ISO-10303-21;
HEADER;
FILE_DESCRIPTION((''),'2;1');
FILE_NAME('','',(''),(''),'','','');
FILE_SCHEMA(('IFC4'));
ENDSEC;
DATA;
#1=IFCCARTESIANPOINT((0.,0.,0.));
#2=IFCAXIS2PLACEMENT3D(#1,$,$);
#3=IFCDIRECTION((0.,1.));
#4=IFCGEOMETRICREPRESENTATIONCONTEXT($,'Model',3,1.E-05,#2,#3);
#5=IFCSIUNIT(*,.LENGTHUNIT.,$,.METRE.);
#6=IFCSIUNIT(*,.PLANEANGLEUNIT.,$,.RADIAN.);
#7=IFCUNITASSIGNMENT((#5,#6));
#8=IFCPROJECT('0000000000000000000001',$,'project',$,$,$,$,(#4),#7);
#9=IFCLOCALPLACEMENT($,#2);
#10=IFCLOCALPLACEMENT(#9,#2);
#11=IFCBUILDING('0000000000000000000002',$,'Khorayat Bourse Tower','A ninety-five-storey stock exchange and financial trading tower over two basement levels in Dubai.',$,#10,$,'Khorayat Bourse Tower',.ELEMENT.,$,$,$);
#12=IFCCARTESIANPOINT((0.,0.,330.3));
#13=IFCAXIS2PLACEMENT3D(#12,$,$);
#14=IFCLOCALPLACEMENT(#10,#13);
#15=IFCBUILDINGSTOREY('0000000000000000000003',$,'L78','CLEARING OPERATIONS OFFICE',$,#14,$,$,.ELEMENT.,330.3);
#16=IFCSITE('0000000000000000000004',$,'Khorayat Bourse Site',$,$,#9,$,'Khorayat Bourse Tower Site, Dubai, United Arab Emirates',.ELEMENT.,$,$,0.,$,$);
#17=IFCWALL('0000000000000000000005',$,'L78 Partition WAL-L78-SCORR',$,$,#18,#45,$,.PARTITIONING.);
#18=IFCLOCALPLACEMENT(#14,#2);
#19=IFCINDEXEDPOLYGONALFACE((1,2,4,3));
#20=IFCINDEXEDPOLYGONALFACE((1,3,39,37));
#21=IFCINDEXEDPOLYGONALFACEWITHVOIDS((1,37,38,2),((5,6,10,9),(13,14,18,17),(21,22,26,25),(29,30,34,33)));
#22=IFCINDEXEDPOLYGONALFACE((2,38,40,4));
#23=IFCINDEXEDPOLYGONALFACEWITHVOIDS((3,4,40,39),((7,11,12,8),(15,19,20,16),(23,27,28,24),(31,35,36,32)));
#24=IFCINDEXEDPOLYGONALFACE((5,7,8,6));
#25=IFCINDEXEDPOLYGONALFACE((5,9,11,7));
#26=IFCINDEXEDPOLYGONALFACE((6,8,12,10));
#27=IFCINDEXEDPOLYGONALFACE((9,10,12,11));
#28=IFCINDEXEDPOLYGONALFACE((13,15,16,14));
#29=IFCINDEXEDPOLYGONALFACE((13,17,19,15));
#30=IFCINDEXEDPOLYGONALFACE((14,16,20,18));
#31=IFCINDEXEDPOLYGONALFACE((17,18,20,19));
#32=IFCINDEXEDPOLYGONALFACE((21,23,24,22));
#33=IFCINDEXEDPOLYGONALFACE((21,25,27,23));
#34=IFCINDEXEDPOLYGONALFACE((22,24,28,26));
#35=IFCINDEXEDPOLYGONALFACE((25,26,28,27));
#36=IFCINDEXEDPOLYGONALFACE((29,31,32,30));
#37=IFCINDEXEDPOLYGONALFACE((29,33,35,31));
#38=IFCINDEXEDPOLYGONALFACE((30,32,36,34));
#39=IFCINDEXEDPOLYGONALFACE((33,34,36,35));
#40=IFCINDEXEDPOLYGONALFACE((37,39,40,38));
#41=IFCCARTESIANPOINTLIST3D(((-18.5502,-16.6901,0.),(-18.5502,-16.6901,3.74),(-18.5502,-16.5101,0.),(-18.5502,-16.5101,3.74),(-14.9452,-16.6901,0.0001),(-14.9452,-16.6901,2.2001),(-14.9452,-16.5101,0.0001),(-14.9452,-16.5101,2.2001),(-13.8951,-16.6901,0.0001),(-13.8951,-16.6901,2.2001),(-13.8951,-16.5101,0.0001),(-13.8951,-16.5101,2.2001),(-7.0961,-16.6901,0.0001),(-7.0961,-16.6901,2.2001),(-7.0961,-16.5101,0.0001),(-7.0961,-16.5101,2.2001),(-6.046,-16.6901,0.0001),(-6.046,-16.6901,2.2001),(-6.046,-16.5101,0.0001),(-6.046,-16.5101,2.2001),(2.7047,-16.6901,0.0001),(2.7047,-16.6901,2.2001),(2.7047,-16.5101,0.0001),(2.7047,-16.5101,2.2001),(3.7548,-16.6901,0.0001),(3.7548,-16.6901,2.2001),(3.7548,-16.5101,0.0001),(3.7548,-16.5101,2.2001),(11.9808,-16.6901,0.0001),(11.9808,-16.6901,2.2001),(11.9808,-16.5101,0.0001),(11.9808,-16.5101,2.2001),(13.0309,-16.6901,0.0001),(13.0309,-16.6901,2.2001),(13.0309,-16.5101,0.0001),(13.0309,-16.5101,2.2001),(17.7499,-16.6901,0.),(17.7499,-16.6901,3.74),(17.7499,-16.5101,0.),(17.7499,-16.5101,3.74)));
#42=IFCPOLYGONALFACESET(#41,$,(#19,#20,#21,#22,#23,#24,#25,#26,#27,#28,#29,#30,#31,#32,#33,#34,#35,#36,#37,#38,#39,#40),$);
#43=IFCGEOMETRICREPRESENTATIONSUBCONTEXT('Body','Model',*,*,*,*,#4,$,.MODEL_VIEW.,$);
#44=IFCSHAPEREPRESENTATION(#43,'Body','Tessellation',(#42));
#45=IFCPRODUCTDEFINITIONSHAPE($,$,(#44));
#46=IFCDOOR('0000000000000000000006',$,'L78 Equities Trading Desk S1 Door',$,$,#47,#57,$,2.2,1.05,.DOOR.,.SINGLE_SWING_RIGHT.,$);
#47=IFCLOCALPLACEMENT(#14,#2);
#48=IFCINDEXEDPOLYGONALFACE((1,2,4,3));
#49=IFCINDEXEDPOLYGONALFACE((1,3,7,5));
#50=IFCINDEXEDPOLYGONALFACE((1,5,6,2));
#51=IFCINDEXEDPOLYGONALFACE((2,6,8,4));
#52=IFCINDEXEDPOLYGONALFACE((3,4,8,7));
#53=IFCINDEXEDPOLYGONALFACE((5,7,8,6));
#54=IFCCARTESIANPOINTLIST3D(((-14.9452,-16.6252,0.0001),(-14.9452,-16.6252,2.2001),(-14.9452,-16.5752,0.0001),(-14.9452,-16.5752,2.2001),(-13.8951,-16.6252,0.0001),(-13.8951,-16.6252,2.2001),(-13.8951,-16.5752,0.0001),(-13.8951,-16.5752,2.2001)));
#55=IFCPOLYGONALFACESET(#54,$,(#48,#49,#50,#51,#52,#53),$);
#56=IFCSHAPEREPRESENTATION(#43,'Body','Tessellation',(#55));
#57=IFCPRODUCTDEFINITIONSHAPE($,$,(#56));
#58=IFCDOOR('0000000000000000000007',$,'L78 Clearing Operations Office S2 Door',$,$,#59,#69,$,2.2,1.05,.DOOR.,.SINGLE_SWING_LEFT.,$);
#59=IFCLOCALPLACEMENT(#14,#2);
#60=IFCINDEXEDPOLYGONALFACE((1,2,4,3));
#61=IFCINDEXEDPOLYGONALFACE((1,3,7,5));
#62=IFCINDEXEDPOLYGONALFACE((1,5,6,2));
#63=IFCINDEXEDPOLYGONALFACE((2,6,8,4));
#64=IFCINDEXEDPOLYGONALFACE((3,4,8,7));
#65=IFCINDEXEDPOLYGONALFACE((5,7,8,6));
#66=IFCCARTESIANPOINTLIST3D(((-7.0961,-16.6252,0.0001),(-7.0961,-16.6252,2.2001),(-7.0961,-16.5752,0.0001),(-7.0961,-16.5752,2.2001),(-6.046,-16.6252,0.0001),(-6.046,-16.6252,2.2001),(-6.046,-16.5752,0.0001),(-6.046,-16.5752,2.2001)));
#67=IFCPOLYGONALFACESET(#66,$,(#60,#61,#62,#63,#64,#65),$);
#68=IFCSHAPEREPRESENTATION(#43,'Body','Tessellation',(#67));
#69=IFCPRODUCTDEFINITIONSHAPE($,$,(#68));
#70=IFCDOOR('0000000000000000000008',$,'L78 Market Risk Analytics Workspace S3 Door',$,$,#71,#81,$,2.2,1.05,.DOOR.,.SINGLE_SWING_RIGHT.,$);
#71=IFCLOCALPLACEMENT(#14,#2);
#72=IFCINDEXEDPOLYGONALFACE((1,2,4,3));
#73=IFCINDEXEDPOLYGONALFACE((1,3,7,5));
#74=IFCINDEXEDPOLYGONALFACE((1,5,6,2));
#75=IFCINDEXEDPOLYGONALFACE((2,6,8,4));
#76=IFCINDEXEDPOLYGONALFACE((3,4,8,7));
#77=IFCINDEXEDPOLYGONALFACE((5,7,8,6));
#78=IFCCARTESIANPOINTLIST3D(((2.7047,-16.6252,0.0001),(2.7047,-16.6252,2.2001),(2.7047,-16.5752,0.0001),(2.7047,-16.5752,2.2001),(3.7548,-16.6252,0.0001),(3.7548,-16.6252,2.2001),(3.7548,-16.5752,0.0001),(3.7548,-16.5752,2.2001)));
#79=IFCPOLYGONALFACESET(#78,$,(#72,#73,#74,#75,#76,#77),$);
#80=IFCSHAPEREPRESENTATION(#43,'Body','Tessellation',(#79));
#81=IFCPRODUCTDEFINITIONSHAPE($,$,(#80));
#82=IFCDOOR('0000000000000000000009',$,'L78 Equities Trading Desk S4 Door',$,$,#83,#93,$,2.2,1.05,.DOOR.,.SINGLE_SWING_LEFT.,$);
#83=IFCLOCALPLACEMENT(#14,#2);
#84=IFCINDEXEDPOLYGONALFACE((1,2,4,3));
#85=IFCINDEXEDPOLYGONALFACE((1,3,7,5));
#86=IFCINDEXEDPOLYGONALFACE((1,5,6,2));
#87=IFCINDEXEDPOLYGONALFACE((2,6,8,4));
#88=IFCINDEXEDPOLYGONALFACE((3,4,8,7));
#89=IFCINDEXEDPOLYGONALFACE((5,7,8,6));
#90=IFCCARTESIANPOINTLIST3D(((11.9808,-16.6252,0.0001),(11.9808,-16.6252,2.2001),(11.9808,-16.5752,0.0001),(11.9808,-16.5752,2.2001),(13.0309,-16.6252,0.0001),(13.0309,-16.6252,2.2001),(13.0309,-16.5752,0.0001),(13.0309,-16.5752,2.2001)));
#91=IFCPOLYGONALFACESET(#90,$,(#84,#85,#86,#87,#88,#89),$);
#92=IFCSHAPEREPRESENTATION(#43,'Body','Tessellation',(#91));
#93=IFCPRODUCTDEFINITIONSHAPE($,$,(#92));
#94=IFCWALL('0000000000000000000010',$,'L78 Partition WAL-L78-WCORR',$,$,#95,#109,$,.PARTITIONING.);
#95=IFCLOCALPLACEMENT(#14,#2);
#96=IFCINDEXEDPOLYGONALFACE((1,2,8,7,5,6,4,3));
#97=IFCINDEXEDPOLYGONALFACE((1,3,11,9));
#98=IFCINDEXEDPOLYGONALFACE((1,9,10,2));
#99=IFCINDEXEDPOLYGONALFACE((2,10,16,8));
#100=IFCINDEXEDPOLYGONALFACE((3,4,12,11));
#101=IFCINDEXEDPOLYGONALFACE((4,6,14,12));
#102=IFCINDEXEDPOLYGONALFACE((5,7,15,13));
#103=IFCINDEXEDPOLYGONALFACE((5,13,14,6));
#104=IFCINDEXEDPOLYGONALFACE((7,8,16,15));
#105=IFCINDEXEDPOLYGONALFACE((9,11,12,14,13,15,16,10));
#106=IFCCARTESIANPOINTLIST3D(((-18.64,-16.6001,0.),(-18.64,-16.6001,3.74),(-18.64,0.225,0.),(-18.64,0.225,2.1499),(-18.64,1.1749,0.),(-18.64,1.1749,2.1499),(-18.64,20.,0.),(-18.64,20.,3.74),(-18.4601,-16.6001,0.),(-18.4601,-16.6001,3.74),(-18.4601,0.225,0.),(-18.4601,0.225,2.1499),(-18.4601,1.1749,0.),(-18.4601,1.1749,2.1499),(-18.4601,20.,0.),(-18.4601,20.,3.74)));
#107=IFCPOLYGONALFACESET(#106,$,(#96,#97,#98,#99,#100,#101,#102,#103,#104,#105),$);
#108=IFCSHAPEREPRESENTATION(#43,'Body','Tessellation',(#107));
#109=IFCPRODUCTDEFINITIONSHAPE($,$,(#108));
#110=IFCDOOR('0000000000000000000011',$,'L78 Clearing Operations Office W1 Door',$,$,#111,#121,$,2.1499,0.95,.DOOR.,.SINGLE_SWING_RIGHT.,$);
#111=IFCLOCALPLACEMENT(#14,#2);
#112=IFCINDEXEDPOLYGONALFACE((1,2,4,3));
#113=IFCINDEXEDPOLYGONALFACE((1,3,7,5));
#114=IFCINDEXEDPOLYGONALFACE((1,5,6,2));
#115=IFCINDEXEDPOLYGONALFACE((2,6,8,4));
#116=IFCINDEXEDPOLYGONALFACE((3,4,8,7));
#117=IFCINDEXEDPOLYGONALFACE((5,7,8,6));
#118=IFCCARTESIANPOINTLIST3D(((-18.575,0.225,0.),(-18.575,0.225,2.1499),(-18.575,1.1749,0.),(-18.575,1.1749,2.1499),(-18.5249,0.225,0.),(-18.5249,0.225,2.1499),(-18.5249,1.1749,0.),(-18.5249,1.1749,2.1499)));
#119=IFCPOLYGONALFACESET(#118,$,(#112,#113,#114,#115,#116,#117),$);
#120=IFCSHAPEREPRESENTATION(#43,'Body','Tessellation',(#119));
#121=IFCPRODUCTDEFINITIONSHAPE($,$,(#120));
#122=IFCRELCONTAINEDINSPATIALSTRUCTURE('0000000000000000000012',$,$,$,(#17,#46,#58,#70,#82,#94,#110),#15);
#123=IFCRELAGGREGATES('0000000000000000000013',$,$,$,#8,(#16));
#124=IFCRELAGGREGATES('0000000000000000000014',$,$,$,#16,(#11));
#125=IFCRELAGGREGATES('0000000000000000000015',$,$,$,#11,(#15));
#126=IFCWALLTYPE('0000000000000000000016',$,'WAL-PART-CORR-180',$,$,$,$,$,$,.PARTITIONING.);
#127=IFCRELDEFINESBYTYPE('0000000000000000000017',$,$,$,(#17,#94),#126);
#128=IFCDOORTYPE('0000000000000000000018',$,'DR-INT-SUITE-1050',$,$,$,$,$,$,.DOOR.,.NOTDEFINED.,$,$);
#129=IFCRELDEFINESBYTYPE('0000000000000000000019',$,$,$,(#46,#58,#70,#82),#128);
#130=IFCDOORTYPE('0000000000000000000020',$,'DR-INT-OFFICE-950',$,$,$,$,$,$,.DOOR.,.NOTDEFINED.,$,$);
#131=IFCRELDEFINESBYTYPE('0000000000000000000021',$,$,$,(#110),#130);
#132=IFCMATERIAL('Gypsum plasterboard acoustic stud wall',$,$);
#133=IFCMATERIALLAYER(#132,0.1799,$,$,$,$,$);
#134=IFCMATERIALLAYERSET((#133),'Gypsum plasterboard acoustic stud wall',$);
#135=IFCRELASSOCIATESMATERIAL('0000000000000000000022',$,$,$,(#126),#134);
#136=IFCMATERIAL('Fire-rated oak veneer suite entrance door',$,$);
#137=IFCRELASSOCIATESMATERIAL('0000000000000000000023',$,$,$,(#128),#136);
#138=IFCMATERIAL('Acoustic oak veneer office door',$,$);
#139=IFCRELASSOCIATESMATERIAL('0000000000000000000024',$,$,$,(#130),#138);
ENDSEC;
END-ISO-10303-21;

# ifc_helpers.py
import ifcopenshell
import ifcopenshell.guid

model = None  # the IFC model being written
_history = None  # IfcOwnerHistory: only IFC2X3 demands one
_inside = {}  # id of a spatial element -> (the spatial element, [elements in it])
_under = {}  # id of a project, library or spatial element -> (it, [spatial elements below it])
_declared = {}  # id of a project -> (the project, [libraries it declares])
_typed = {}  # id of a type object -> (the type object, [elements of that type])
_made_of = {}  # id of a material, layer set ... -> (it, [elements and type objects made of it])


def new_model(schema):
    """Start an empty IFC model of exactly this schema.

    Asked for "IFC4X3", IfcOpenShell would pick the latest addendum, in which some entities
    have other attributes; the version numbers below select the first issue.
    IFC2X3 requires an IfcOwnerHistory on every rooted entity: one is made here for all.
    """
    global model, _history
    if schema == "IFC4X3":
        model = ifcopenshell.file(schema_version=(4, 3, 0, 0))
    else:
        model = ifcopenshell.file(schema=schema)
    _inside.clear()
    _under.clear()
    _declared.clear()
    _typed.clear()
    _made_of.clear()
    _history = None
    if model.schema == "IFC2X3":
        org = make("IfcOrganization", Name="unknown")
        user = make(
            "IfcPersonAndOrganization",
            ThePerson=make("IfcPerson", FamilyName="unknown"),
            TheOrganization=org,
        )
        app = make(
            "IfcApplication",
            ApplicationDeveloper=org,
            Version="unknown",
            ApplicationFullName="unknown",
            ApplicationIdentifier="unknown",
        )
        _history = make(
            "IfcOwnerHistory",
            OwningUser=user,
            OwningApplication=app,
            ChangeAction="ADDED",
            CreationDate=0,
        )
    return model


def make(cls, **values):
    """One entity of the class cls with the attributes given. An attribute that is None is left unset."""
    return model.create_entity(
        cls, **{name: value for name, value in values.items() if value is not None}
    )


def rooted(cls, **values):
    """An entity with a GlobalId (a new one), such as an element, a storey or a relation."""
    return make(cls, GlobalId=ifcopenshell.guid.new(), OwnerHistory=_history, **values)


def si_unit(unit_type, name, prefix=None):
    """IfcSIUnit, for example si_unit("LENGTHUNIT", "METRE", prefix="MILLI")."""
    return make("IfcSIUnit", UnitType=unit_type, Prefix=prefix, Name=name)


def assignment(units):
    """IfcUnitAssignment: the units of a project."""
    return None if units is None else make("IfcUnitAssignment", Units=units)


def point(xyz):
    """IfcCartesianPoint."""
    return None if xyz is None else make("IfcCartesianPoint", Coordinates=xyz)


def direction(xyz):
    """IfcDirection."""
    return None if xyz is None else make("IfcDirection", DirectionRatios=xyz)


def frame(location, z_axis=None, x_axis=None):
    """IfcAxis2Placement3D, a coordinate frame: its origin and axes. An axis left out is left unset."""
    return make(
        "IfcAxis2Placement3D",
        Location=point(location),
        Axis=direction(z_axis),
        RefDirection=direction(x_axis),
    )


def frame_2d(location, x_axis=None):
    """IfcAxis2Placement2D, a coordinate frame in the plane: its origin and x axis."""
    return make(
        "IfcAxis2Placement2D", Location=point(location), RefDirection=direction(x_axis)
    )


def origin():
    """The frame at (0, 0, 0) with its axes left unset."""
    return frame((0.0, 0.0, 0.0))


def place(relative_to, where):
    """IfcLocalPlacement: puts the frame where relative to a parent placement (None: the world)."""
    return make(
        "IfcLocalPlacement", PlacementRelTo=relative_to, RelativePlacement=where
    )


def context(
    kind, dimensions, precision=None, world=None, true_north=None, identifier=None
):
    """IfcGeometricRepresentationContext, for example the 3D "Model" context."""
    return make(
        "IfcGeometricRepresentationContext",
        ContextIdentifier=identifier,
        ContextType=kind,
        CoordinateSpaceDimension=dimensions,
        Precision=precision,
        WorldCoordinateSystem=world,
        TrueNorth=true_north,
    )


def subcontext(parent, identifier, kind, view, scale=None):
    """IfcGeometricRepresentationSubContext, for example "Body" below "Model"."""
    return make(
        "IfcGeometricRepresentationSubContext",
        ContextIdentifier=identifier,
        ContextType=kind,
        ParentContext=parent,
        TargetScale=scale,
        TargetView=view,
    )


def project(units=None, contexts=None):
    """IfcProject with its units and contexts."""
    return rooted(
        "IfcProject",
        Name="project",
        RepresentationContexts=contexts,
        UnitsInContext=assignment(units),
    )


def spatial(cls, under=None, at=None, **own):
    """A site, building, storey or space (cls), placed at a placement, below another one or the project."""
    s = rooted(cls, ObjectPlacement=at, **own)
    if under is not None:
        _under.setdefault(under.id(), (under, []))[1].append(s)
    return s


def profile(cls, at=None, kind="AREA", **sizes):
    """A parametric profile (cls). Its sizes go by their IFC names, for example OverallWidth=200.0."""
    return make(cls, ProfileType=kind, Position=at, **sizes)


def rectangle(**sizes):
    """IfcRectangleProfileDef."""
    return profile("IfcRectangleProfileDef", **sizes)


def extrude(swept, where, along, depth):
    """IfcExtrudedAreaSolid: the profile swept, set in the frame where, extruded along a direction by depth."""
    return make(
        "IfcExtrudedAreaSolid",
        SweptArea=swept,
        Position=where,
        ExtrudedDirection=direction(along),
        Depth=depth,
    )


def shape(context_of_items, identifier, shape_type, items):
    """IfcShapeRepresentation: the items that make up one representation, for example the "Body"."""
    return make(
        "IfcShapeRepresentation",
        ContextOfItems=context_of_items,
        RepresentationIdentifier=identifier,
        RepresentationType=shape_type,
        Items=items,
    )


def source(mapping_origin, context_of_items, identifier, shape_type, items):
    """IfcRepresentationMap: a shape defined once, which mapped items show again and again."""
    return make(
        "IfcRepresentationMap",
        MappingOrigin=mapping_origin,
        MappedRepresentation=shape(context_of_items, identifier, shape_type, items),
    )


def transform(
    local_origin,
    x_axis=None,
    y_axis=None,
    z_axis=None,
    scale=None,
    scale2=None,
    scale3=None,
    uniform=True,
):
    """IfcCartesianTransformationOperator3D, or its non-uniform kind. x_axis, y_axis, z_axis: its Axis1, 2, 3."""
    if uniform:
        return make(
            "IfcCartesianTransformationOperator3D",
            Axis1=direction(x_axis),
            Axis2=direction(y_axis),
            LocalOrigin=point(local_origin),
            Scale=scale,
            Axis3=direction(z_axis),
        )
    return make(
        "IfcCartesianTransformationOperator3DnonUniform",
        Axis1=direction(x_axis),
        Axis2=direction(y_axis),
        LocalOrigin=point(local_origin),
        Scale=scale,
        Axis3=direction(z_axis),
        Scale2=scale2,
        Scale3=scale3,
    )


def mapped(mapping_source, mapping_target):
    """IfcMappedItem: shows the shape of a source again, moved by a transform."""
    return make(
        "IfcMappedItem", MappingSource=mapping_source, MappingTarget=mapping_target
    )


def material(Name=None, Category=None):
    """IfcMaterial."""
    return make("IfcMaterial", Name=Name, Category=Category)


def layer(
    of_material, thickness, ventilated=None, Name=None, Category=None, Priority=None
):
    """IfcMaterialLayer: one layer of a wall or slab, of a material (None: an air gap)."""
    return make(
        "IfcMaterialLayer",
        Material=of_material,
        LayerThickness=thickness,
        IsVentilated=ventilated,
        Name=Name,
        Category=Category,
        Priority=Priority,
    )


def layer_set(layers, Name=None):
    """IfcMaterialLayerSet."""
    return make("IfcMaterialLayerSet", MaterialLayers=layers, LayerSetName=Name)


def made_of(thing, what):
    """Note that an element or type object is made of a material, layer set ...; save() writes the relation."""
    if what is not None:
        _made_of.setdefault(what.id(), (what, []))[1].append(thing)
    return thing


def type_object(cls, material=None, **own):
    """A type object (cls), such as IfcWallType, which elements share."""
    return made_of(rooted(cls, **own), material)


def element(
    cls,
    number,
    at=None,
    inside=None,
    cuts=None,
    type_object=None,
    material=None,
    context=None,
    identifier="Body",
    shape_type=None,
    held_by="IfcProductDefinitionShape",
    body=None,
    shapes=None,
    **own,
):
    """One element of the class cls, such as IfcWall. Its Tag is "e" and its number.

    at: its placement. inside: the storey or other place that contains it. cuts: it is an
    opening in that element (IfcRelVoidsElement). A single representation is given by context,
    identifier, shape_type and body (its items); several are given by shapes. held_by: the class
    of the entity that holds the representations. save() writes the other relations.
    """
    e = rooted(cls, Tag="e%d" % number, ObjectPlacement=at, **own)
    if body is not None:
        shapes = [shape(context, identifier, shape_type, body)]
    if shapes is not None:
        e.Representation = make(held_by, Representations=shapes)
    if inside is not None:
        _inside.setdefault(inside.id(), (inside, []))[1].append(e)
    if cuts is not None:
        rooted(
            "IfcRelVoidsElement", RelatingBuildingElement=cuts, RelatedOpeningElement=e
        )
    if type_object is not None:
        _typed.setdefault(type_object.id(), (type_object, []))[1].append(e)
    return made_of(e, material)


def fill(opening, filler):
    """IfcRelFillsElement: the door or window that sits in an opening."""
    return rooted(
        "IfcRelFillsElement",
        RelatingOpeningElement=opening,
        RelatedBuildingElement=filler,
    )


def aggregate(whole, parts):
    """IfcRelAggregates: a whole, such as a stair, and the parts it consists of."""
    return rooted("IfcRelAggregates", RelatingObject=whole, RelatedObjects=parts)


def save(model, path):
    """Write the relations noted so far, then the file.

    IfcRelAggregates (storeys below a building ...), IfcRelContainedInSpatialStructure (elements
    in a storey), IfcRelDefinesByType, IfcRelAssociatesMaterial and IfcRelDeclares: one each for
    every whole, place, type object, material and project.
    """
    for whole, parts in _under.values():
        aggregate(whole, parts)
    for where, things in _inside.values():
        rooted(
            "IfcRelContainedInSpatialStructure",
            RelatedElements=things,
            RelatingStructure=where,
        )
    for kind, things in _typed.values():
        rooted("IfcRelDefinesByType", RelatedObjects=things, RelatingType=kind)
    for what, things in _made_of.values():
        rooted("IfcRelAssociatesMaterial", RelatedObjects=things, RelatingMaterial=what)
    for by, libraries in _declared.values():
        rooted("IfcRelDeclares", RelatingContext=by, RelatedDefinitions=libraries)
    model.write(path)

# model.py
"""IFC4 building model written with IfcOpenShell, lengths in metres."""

from ifc_helpers import new_model, si_unit, direction, frame, frame_2d, origin, place, context, subcontext, project, spatial, rectangle, extrude, source, transform, mapped, material, layer, layer_set, type_object, element, fill, save


model = new_model("IFC4")

# Units and contexts
model_context = context("Model", 3, precision=1e-05, world=origin(), true_north=direction((0.0, 1.0)))
body_context = subcontext(model_context, "Body", "Model", "MODEL_VIEW")
ifc_project = project(units=[si_unit("LENGTHUNIT", "METRE"), si_unit("PLANEANGLEUNIT", "RADIAN")], contexts=[model_context])

# Site, building, storey
site_placement = place(None, origin())
site = spatial("IfcSite", under=ifc_project, at=site_placement, Name="Khorayat Bourse Site", LongName="Khorayat Bourse Tower Site, Dubai, United Arab Emirates", CompositionType="ELEMENT", RefElevation=0.0)
building_placement = place(site_placement, origin())
building = spatial("IfcBuilding", under=site, at=building_placement, Name="Khorayat Bourse Tower", Description="A ninety-five-storey stock exchange and financial trading tower over two basement levels in Dubai.", LongName="Khorayat Bourse Tower", CompositionType="ELEMENT")
storey_placement = place(building_placement, frame((0.0, 0.0, 330.3)))
storey = spatial("IfcBuildingStorey", under=building, at=storey_placement, Name="L78", Description="CLEARING OPERATIONS OFFICE", CompositionType="ELEMENT", Elevation=330.3)

# Shared definitions
ifc_material_1 = material(Name="Gypsum plasterboard acoustic stud wall")
ifc_layer_1 = layer(ifc_material_1, 0.1799)
ifc_layer_set_1 = layer_set([ifc_layer_1], Name="Gypsum plasterboard acoustic stud wall")
wall_type_1 = type_object("IfcWallType", Name="WAL-PART-CORR-180", PredefinedType="PARTITIONING", material=ifc_layer_set_1)

# Wall, openings, doors
shared_shape_1 = source(origin(), body_context, "Body", "SweptSolid", [
    extrude(rectangle(XDim=36.3, YDim=0.1799, at=frame_2d((18.1499, 0.0))), origin(), (0.0, 0.0, 1.0), 3.74),
])
wall_1_placement = place(storey_placement, frame((-18.55, -16.6001, 0.0), z_axis=(0.0, 0.0, 1.0), x_axis=(1.0, 0.0, 0.0)))
wall_1 = element("IfcWall", 1, at=wall_1_placement, inside=storey, type_object=wall_type_1, Name="L78 Partition WAL-L78-SCORR", PredefinedType="PARTITIONING", context=body_context, shape_type="MappedRepresentation", body=[
    mapped(shared_shape_1, transform((0.0, 0.0, 0.0), scale=1.0)),
])
shared_shape_2 = source(origin(), body_context, "Body", "SweptSolid", [
    extrude(rectangle(XDim=1.05, YDim=2.2, at=frame_2d((0.5249, 1.1001))), frame((0.0, 0.0999, 0.0), z_axis=(0.0, -1.0, 0.0), x_axis=(1.0, 0.0, 0.0)), (0.0, 0.0, 1.0), 0.2),
])
opening_1_placement = place(wall_1_placement, frame((3.605, 0.0, 0.0)))
opening_1 = element("IfcOpeningElement", 2, at=opening_1_placement, cuts=wall_1, PredefinedType="OPENING", context=body_context, shape_type="MappedRepresentation", body=[
    mapped(shared_shape_2, transform((0.0, 0.0, 0.0), scale=1.0)),
])
opening_2_placement = place(wall_1_placement, frame((11.4541, 0.0, 0.0)))
opening_2 = element("IfcOpeningElement", 3, at=opening_2_placement, cuts=wall_1, PredefinedType="OPENING", context=body_context, shape_type="MappedRepresentation", body=[
    mapped(shared_shape_2, transform((0.0, 0.0, 0.0), scale=1.0)),
])
opening_3_placement = place(wall_1_placement, frame((21.2549, 0.0, 0.0)))
opening_3 = element("IfcOpeningElement", 4, at=opening_3_placement, cuts=wall_1, PredefinedType="OPENING", context=body_context, shape_type="MappedRepresentation", body=[
    mapped(shared_shape_2, transform((0.0, 0.0, 0.0), scale=1.0)),
])
opening_4_placement = place(wall_1_placement, frame((30.531, 0.0, 0.0)))
opening_4 = element("IfcOpeningElement", 5, at=opening_4_placement, cuts=wall_1, PredefinedType="OPENING", context=body_context, shape_type="MappedRepresentation", body=[
    mapped(shared_shape_2, transform((0.0, 0.0, 0.0), scale=1.0)),
])
ifc_material_2 = material(Name="Fire-rated oak veneer suite entrance door")
door_type_1 = type_object("IfcDoorType", Name="DR-INT-SUITE-1050", OperationType="NOTDEFINED", PredefinedType="DOOR", material=ifc_material_2)
shared_shape_3 = source(origin(), body_context, "Body", "SweptSolid", [
    extrude(rectangle(XDim=1.05, YDim=2.2, at=frame_2d((0.5249, 1.1001))), frame((0.0, 0.0249, 0.0), z_axis=(0.0, -1.0, 0.0), x_axis=(1.0, 0.0, 0.0)), (0.0, 0.0, 1.0), 0.05),
])
door_1_placement = place(opening_1_placement, origin())
door_1 = element("IfcDoor", 6, at=door_1_placement, inside=storey, type_object=door_type_1, Name="L78 Equities Trading Desk S1 Door", OperationType="SINGLE_SWING_RIGHT", OverallHeight=2.2, OverallWidth=1.05, PredefinedType="DOOR", context=body_context, shape_type="MappedRepresentation", body=[
    mapped(shared_shape_3, transform((0.0, 0.0, 0.0), scale=1.0)),
])
fill(opening_1, door_1)
door_2_placement = place(opening_2_placement, origin())
door_2 = element("IfcDoor", 7, at=door_2_placement, inside=storey, type_object=door_type_1, Name="L78 Clearing Operations Office S2 Door", OperationType="SINGLE_SWING_LEFT", OverallHeight=2.2, OverallWidth=1.05, PredefinedType="DOOR", context=body_context, shape_type="MappedRepresentation", body=[
    mapped(shared_shape_3, transform((0.0, 0.0, 0.0), scale=1.0)),
])
fill(opening_2, door_2)
door_3_placement = place(opening_3_placement, origin())
door_3 = element("IfcDoor", 8, at=door_3_placement, inside=storey, type_object=door_type_1, Name="L78 Market Risk Analytics Workspace S3 Door", OperationType="SINGLE_SWING_RIGHT", OverallHeight=2.2, OverallWidth=1.05, PredefinedType="DOOR", context=body_context, shape_type="MappedRepresentation", body=[
    mapped(shared_shape_3, transform((0.0, 0.0, 0.0), scale=1.0)),
])
fill(opening_3, door_3)
door_4_placement = place(opening_4_placement, origin())
door_4 = element("IfcDoor", 9, at=door_4_placement, inside=storey, type_object=door_type_1, Name="L78 Equities Trading Desk S4 Door", OperationType="SINGLE_SWING_LEFT", OverallHeight=2.2, OverallWidth=1.05, PredefinedType="DOOR", context=body_context, shape_type="MappedRepresentation", body=[
    mapped(shared_shape_3, transform((0.0, 0.0, 0.0), scale=1.0)),
])
fill(opening_4, door_4)

# Wall, opening, door
shared_shape_4 = source(origin(), body_context, "Body", "SweptSolid", [
    extrude(rectangle(XDim=36.6001, YDim=0.1799, at=frame_2d((18.3, 0.0))), origin(), (0.0, 0.0, 1.0), 3.74),
])
wall_2_placement = place(storey_placement, frame((-18.55, -16.6001, 0.0), z_axis=(0.0, 0.0, 1.0), x_axis=(0.0, 1.0, 0.0)))
wall_2 = element("IfcWall", 10, at=wall_2_placement, inside=storey, type_object=wall_type_1, Name="L78 Partition WAL-L78-WCORR", PredefinedType="PARTITIONING", context=body_context, shape_type="MappedRepresentation", body=[
    mapped(shared_shape_4, transform((0.0, 0.0, 0.0), scale=1.0)),
])
shared_shape_5 = source(origin(), body_context, "Body", "SweptSolid", [
    extrude(rectangle(XDim=0.95, YDim=2.1499, at=frame_2d((0.4751, 1.075))), frame((0.0, 0.0999, 0.0), z_axis=(0.0, -1.0, 0.0), x_axis=(1.0, 0.0, 0.0)), (0.0, 0.0, 1.0), 0.2),
])
opening_5_placement = place(wall_2_placement, frame((16.825, 0.0, 0.0)))
opening_5 = element("IfcOpeningElement", 11, at=opening_5_placement, cuts=wall_2, PredefinedType="OPENING", context=body_context, shape_type="MappedRepresentation", body=[
    mapped(shared_shape_5, transform((0.0, 0.0, 0.0), scale=1.0)),
])
ifc_material_3 = material(Name="Acoustic oak veneer office door")
door_type_2 = type_object("IfcDoorType", Name="DR-INT-OFFICE-950", OperationType="NOTDEFINED", PredefinedType="DOOR", material=ifc_material_3)
shared_shape_6 = source(origin(), body_context, "Body", "SweptSolid", [
    extrude(rectangle(XDim=0.95, YDim=2.1499, at=frame_2d((0.4751, 1.075))), frame((0.0, 0.0249, 0.0), z_axis=(0.0, -1.0, 0.0), x_axis=(1.0, 0.0, 0.0)), (0.0, 0.0, 1.0), 0.05),
])
door_5_placement = place(opening_5_placement, origin())
door_5 = element("IfcDoor", 12, at=door_5_placement, inside=storey, type_object=door_type_2, Name="L78 Clearing Operations Office W1 Door", OperationType="SINGLE_SWING_RIGHT", OverallHeight=2.1499, OverallWidth=0.95, PredefinedType="DOOR", context=body_context, shape_type="MappedRepresentation", body=[
    mapped(shared_shape_6, transform((0.0, 0.0, 0.0), scale=1.0)),
])
fill(opening_5, door_5)

save(model, "model.ifc")
